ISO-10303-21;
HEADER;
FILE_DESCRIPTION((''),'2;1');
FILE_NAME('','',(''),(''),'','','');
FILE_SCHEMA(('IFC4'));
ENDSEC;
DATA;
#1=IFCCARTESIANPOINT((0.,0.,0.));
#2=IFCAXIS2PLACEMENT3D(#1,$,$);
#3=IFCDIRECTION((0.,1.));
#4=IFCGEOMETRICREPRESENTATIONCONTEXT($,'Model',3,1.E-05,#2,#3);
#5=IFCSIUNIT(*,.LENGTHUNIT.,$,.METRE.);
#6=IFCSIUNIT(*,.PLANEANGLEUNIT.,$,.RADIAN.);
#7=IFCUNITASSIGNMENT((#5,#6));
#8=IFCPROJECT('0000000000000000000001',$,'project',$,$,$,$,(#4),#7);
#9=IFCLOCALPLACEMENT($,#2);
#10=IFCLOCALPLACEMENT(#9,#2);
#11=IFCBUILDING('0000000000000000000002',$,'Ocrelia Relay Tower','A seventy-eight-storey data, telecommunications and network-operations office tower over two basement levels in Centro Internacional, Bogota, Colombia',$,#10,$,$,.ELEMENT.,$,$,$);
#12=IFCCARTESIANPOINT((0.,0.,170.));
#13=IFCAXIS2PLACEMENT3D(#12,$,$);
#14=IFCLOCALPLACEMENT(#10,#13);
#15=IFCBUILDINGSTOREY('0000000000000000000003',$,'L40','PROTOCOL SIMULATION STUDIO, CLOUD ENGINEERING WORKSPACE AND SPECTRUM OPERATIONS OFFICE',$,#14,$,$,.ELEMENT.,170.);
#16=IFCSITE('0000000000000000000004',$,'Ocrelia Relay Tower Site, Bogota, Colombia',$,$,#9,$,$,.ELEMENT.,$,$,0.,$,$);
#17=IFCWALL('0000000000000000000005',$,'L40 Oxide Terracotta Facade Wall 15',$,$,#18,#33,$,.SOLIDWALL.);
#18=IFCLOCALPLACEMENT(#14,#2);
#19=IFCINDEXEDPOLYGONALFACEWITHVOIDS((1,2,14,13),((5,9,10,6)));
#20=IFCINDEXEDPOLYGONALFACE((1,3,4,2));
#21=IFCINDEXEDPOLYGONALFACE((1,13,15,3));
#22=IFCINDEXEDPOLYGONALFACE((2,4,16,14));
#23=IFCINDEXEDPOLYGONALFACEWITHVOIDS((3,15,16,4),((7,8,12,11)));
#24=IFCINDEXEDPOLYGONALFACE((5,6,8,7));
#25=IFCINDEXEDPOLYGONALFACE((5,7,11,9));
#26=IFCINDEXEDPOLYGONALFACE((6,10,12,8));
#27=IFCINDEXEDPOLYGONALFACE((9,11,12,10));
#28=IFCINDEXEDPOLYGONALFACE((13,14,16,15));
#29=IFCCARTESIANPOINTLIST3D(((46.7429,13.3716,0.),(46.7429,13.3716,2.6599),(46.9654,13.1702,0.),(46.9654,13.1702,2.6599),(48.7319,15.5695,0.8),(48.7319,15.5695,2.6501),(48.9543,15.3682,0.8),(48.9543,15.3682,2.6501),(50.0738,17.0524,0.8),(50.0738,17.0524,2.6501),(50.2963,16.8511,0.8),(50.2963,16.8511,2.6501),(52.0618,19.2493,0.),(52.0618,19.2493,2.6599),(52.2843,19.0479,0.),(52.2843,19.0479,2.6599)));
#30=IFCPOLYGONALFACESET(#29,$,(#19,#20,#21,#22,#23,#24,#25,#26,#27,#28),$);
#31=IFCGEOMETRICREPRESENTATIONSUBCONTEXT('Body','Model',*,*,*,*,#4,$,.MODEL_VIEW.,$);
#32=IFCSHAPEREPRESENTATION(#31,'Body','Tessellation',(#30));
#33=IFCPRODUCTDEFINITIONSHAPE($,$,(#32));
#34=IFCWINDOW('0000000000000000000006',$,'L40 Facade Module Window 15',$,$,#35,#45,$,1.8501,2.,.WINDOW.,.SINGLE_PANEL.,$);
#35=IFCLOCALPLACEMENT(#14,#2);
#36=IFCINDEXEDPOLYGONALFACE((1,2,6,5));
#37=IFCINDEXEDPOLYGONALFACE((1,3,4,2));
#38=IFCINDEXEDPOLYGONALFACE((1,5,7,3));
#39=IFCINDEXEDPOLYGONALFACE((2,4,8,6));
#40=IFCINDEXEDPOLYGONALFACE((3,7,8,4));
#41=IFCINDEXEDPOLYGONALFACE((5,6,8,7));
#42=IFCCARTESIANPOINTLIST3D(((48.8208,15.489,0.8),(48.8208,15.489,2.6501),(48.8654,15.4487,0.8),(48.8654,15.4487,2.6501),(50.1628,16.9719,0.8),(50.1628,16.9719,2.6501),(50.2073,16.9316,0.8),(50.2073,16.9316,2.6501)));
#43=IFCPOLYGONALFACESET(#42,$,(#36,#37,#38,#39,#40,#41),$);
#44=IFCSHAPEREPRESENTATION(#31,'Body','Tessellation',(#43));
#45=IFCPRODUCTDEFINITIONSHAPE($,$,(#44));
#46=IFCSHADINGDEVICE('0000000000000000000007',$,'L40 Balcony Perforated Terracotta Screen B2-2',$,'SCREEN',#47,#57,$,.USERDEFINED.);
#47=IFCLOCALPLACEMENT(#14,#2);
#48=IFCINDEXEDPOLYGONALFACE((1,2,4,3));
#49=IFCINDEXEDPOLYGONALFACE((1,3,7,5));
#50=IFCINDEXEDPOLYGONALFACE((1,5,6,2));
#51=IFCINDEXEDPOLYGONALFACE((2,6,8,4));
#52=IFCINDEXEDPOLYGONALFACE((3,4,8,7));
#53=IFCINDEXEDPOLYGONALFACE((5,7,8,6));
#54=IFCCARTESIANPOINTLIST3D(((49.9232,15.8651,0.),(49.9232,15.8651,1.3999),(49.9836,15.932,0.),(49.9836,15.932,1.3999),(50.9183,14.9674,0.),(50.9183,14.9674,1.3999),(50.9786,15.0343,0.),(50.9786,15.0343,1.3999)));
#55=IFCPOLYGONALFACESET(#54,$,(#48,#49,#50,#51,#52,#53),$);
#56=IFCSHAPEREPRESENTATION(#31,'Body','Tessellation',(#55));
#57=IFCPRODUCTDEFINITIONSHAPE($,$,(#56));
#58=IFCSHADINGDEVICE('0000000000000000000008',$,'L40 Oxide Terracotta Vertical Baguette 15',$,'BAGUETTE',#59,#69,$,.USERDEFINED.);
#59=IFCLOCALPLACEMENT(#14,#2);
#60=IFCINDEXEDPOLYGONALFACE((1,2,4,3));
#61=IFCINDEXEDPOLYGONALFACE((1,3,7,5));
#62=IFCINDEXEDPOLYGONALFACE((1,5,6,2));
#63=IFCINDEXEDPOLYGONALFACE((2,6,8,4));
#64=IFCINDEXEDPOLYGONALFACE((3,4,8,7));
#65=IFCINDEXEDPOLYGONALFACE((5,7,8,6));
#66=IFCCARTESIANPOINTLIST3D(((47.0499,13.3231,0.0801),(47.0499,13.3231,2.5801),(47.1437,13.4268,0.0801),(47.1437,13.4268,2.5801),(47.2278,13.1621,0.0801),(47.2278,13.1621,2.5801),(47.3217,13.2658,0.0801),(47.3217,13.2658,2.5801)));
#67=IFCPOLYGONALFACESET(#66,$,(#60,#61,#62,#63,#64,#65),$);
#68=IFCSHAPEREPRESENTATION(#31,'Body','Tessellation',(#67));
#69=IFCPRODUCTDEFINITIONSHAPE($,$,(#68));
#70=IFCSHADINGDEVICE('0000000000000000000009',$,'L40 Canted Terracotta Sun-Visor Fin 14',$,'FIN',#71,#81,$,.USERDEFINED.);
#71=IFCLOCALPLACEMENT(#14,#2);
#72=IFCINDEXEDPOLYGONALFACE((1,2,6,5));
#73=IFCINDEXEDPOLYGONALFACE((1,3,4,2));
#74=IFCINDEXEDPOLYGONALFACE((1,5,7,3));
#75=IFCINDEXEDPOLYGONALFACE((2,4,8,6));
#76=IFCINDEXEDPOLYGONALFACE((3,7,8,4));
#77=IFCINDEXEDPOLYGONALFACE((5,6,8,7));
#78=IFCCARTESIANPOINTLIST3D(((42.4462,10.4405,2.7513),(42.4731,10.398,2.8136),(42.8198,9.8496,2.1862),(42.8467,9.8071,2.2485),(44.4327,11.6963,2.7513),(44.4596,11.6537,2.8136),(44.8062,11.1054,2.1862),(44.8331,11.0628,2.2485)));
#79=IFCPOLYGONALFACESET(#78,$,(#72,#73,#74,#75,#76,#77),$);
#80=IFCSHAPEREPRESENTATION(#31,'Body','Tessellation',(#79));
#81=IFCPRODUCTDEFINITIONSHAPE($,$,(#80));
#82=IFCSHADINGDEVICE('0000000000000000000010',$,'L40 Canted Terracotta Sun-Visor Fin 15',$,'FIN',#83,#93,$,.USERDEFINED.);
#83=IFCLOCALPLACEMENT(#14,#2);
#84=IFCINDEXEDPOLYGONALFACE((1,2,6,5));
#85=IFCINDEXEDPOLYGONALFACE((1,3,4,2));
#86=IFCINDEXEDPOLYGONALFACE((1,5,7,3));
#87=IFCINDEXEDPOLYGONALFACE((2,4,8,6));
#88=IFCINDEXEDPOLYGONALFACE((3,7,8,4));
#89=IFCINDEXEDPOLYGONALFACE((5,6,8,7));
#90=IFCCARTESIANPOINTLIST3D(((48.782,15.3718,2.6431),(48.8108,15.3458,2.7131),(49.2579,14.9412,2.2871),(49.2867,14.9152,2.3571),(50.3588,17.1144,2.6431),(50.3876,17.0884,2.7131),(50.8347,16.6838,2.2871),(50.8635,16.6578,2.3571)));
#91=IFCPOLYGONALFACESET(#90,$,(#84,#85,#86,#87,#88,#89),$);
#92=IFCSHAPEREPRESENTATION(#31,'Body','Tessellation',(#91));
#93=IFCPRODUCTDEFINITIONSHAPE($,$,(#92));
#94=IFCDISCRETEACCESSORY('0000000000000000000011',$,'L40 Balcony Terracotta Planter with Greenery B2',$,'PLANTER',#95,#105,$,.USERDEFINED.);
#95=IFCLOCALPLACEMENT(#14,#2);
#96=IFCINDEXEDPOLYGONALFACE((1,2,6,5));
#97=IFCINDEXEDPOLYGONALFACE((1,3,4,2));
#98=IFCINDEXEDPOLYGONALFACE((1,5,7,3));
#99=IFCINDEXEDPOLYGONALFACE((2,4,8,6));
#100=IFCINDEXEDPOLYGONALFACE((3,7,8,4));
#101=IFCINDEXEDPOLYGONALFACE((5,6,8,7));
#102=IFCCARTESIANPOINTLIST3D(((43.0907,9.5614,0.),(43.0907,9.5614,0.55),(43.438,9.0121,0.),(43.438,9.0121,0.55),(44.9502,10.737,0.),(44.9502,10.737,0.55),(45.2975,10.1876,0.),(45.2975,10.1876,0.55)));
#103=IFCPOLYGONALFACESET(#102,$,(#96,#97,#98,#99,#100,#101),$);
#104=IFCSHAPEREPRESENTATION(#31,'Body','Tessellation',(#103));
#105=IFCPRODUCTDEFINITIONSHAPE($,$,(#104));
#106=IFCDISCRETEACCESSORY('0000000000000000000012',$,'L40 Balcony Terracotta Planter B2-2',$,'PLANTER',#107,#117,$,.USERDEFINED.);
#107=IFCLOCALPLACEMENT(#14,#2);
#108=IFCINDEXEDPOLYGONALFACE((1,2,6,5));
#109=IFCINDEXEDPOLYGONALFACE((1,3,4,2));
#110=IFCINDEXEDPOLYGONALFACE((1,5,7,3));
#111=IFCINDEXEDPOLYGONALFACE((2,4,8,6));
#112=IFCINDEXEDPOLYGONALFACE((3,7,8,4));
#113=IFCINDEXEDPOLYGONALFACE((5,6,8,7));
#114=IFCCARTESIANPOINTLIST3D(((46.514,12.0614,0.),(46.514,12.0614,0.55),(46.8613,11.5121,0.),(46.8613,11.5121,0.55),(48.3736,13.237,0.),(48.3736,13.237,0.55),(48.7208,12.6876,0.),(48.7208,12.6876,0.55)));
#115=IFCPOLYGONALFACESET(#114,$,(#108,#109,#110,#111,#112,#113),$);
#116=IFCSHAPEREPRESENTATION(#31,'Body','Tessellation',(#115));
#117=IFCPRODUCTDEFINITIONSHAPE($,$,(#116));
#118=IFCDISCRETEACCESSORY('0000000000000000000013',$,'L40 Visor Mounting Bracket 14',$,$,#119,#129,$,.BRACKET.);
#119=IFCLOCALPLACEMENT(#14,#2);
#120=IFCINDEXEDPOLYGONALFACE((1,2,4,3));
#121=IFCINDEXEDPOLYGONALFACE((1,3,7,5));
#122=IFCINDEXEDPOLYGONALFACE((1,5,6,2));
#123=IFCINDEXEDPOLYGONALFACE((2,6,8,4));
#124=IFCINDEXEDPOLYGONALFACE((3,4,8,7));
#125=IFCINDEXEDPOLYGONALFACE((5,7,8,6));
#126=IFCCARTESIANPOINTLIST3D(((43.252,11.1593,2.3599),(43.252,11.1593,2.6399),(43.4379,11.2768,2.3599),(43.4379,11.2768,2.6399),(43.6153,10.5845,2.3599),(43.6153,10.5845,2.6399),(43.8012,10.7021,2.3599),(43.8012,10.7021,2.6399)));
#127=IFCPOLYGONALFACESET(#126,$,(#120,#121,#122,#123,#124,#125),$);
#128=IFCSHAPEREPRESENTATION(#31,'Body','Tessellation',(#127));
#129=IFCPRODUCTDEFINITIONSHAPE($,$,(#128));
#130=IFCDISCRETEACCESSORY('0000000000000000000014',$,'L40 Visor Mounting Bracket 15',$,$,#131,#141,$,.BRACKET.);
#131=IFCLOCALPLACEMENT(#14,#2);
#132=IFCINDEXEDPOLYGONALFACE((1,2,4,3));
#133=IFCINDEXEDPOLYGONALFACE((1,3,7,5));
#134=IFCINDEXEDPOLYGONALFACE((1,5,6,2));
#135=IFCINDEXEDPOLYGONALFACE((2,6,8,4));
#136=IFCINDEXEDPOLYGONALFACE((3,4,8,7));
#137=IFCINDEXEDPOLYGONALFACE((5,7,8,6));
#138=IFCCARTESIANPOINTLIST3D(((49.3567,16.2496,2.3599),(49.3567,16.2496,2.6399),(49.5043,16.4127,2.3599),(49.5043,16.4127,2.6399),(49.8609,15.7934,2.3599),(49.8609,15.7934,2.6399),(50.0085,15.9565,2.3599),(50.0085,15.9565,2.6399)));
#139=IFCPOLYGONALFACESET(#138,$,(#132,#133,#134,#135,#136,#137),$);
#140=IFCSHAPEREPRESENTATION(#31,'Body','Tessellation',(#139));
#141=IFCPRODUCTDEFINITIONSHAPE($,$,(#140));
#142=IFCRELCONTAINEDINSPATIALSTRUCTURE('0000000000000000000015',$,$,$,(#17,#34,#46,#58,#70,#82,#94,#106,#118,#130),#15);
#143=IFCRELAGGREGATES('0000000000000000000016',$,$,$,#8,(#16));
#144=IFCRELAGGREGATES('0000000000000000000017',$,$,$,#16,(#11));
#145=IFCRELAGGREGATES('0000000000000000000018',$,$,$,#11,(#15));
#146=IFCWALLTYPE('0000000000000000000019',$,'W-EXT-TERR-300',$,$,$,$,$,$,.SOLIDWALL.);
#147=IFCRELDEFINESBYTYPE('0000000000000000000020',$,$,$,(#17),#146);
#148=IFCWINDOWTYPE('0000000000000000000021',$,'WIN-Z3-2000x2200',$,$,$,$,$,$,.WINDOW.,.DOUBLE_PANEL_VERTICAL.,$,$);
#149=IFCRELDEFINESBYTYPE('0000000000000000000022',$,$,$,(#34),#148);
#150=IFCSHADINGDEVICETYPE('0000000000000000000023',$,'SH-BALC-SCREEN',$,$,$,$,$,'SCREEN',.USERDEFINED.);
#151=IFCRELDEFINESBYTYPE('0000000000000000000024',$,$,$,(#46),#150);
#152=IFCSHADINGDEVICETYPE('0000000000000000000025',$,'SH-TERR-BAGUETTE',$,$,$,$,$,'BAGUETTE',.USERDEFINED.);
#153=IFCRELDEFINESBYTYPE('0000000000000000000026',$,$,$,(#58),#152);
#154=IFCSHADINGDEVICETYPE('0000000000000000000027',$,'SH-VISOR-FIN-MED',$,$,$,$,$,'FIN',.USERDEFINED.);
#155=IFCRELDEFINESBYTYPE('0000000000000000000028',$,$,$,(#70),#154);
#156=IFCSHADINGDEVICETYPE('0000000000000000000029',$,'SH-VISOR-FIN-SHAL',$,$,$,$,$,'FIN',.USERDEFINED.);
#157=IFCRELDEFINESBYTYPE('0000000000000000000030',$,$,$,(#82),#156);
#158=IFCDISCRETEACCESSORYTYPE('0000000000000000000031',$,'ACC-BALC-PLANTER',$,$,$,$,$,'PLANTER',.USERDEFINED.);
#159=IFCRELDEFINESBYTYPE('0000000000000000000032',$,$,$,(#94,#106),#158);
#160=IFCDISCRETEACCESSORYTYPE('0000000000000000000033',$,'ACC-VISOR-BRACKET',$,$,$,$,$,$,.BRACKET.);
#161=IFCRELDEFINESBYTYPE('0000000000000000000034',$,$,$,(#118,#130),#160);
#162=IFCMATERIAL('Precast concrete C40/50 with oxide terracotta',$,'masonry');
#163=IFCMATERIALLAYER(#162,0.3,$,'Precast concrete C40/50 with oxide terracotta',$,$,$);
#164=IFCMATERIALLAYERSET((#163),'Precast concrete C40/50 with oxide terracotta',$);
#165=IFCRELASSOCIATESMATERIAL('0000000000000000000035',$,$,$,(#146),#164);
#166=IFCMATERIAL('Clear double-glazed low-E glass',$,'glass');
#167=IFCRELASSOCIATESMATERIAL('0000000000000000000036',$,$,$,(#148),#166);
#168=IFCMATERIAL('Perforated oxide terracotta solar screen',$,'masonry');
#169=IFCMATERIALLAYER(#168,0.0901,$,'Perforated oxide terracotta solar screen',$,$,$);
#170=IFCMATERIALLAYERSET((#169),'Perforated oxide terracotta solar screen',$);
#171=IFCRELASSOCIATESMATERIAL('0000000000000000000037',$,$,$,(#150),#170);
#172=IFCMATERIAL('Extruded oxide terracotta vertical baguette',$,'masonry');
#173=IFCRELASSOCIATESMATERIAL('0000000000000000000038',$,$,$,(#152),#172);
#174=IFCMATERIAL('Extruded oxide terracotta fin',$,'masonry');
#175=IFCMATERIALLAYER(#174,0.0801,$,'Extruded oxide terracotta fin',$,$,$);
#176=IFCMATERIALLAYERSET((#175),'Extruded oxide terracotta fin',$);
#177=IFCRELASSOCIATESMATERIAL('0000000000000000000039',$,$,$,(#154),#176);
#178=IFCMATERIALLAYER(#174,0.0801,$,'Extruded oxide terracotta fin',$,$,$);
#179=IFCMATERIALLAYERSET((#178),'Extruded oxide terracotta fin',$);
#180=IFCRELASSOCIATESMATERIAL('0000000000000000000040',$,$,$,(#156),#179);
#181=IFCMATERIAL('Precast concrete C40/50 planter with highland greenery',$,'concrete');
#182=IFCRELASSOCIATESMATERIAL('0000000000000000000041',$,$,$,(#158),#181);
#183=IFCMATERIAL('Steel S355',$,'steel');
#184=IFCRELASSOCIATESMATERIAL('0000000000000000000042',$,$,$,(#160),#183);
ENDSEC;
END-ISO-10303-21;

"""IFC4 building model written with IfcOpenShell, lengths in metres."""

from ifc_helpers import new_model, si_unit, direction, frame, frame_2d, origin, origin_2d, place, context, subcontext, project, spatial, rectangle, extrude, material, layer, layer_set, type_object, element, fill, save


model = new_model("IFC4")

# Units and contexts
model_context = context("Model", 3, precision=1e-05, world=origin(), true_north=direction((0.0, 1.0)))
body_context = subcontext(model_context, "Body", "Model", "MODEL_VIEW")
ifc_project = project(units=[si_unit("LENGTHUNIT", "METRE"), si_unit("PLANEANGLEUNIT", "RADIAN")], contexts=[model_context])

# Site, building, storey
site_placement = place(None, origin())
site = spatial("IfcSite", under=ifc_project, at=site_placement, Name="Ocrelia Relay Tower Site, Bogota, Colombia", CompositionType="ELEMENT", RefElevation=0.0)
building_placement = place(site_placement, origin())
building = spatial("IfcBuilding", under=site, at=building_placement, Name="Ocrelia Relay Tower", Description="A seventy-eight-storey data, telecommunications and network-operations office tower over two basement levels in Centro Internacional, Bogota, Colombia", CompositionType="ELEMENT")
storey_placement = place(building_placement, frame((0.0, 0.0, 170.0)))
storey = spatial("IfcBuildingStorey", under=building, at=storey_placement, Name="L40", Description="PROTOCOL SIMULATION STUDIO, CLOUD ENGINEERING WORKSPACE AND SPECTRUM OPERATIONS OFFICE", CompositionType="ELEMENT", Elevation=170.0)

# Shared definitions
ifc_material_1 = material(Name="Steel S355", Category="steel")

# Wall, opening, window
ifc_material_2 = material(Name="Precast concrete C40/50 with oxide terracotta", Category="masonry")
ifc_layer_1 = layer(ifc_material_2, 0.3, Name="Precast concrete C40/50 with oxide terracotta")
ifc_layer_set_1 = layer_set([ifc_layer_1], Name="Precast concrete C40/50 with oxide terracotta")
wall_type = type_object("IfcWallType", Name="W-EXT-TERR-300", PredefinedType="SOLIDWALL", material=ifc_layer_set_1)
wall_placement = place(storey_placement, frame((46.8542, 13.271, 0.0), z_axis=(0.0, 0.0, 1.0), x_axis=(0.670979, 0.741477, 0.0)))
wall = element("IfcWall", 1, at=wall_placement, inside=storey, type_object=wall_type, Name="L40 Oxide Terracotta Facade Wall 15", PredefinedType="SOLIDWALL", context=body_context, shape_type="SweptSolid", body=[
    extrude(rectangle(XDim=7.927, YDim=0.3, at=frame_2d((3.9634, 0.0))), origin(), (0.0, 0.0, 1.0), 2.6599),
])
opening_placement = place(wall_placement, frame((2.9641, 0.0, 0.8)))
opening = element("IfcOpeningElement", 2, at=opening_placement, cuts=wall, PredefinedType="OPENING", context=body_context, shape_type="SweptSolid", body=[
    extrude(rectangle(XDim=2.0, YDim=1.8501, at=frame_2d((1.0, 0.925))), frame((0.0, 0.1602, 0.0), z_axis=(0.0, -1.0, 0.0), x_axis=(1.0, 0.0, 0.0)), (0.0, 0.0, 1.0), 0.3201),
])
ifc_material_3 = material(Name="Clear double-glazed low-E glass", Category="glass")
window_type = type_object("IfcWindowType", Name="WIN-Z3-2000x2200", PartitioningType="DOUBLE_PANEL_VERTICAL", PredefinedType="WINDOW", material=ifc_material_3)
window_placement = place(opening_placement, origin())
window = element("IfcWindow", 3, at=window_placement, inside=storey, type_object=window_type, Name="L40 Facade Module Window 15", OverallHeight=1.8501, OverallWidth=2.0, PartitioningType="SINGLE_PANEL", PredefinedType="WINDOW", context=body_context, shape_type="SweptSolid", body=[
    extrude(rectangle(XDim=2.0, YDim=1.8501, at=frame_2d((1.0, 0.925))), frame((0.0, 0.03, 0.0), z_axis=(0.0, -1.0, 0.0), x_axis=(1.0, 0.0, 0.0)), (0.0, 0.0, 1.0), 0.0601),
])
fill(opening, window)

# Shading devices
ifc_material_4 = material(Name="Perforated oxide terracotta solar screen", Category="masonry")
ifc_layer_2 = layer(ifc_material_4, 0.0901, Name="Perforated oxide terracotta solar screen")
ifc_layer_set_2 = layer_set([ifc_layer_2], Name="Perforated oxide terracotta solar screen")
shading_device_type_1 = type_object("IfcShadingDeviceType", Name="SH-BALC-SCREEN", ElementType="SCREEN", PredefinedType="USERDEFINED", material=ifc_layer_set_2)
shading_device_1_placement = place(storey_placement, frame((50.4509, 15.4497, 0.0), z_axis=(0.0, 0.0, 1.0), x_axis=(0.742519, -0.669825, 0.0)))
element("IfcShadingDevice", 4, at=shading_device_1_placement, inside=storey, type_object=shading_device_type_1, Name="L40 Balcony Perforated Terracotta Screen B2-2", ObjectType="SCREEN", PredefinedType="USERDEFINED", context=body_context, shape_type="SweptSolid", body=[
    extrude(rectangle(XDim=1.3401, YDim=0.0901, at=origin_2d()), origin(), (0.0, 0.0, 1.0), 1.3999),
])
ifc_material_5 = material(Name="Extruded oxide terracotta vertical baguette", Category="masonry")
shading_device_type_2 = type_object("IfcShadingDeviceType", Name="SH-TERR-BAGUETTE", ElementType="BAGUETTE", PredefinedType="USERDEFINED", material=ifc_material_5)
shading_device_2_placement = place(storey_placement, frame((47.1858, 13.2944, 0.0801), z_axis=(0.0, 0.0, 1.0), x_axis=(0.670962, 0.741492, 0.0)))
element("IfcShadingDevice", 5, at=shading_device_2_placement, inside=storey, type_object=shading_device_type_2, Name="L40 Oxide Terracotta Vertical Baguette 15", ObjectType="BAGUETTE", PredefinedType="USERDEFINED", context=body_context, shape_type="SweptSolid", body=[
    extrude(rectangle(XDim=0.1399, YDim=0.24, at=origin_2d()), origin(), (0.0, 0.0, 1.0), 2.5),
])
ifc_material_6 = material(Name="Extruded oxide terracotta fin", Category="masonry")
ifc_layer_3 = layer(ifc_material_6, 0.0801, Name="Extruded oxide terracotta fin")
ifc_layer_set_3 = layer_set([ifc_layer_3], Name="Extruded oxide terracotta fin")
shading_device_type_3 = type_object("IfcShadingDeviceType", Name="SH-VISOR-FIN-MED", ElementType="FIN", PredefinedType="USERDEFINED", material=ifc_layer_set_3)
shading_device_3_placement = place(storey_placement, frame((43.6262, 10.7729, 2.4688), z_axis=(0.335915, -0.531368, 0.777695), x_axis=(0.845263, 0.53435, 0.0)))
element("IfcShadingDevice", 6, at=shading_device_3_placement, inside=storey, type_object=shading_device_type_3, Name="L40 Canted Terracotta Sun-Visor Fin 14", ObjectType="FIN", PredefinedType="USERDEFINED", context=body_context, shape_type="SweptSolid", body=[
    extrude(rectangle(XDim=2.3501, YDim=0.8989, at=origin_2d()), origin(), (0.0, 0.0, 1.0), 0.0801),
])
ifc_layer_4 = layer(ifc_material_6, 0.0801, Name="Extruded oxide terracotta fin")
ifc_layer_set_4 = layer_set([ifc_layer_4], Name="Extruded oxide terracotta fin")
shading_device_type_4 = type_object("IfcShadingDeviceType", Name="SH-VISOR-FIN-SHAL", ElementType="FIN", PredefinedType="USERDEFINED", material=ifc_layer_set_4)
shading_device_4_placement = place(storey_placement, frame((49.8083, 16.0278, 2.4651), z_axis=(0.359709, -0.325494, 0.87445), x_axis=(0.670962, 0.741492, 0.0)))
element("IfcShadingDevice", 7, at=shading_device_4_placement, inside=storey, type_object=shading_device_type_4, Name="L40 Canted Terracotta Sun-Visor Fin 15", ObjectType="FIN", PredefinedType="USERDEFINED", context=body_context, shape_type="SweptSolid", body=[
    extrude(rectangle(XDim=2.3501, YDim=0.7339, at=origin_2d()), origin(), (0.0, 0.0, 1.0), 0.0801),
])

# Discrete accessories
ifc_material_7 = material(Name="Precast concrete C40/50 planter with highland greenery", Category="concrete")
discrete_accessory_type_1 = type_object("IfcDiscreteAccessoryType", Name="ACC-BALC-PLANTER", ElementType="PLANTER", PredefinedType="USERDEFINED", material=ifc_material_7)
for number, where, z_axis, x_axis, name in (
    (8, (44.1941, 9.8745, 0.0), (0.0, 0.0, 1.0), (-0.845261, -0.534354, 0.0), "L40 Balcony Terracotta Planter with Greenery B2"),
    (9, (47.6174, 12.3745, 0.0), (0.0, 0.0, 1.0), (-0.845261, -0.534354, 0.0), "L40 Balcony Terracotta Planter B2-2"),
):
    element("IfcDiscreteAccessory", number, at=place(storey_placement, frame(where, z_axis=z_axis, x_axis=x_axis)), inside=storey, type_object=discrete_accessory_type_1, Name=name, ObjectType="PLANTER", PredefinedType="USERDEFINED", context=body_context, shape_type="SweptSolid", body=[
        extrude(rectangle(XDim=2.2, YDim=0.6499, at=origin_2d()), origin(), (0.0, 0.0, 1.0), 0.55),
    ])
discrete_accessory_type_2 = type_object("IfcDiscreteAccessoryType", Name="ACC-VISOR-BRACKET", PredefinedType="BRACKET", material=ifc_material_1)
for number, where, z_axis, x_axis, name in (
    (10, (43.5266, 10.9307, 2.3599), (0.0, 0.0, 1.0), (0.845263, 0.53435, 0.0), "L40 Visor Mounting Bracket 14"),
    (11, (49.6826, 16.103, 2.3599), (0.0, 0.0, 1.0), (0.670962, 0.741492, 0.0), "L40 Visor Mounting Bracket 15"),
):
    element("IfcDiscreteAccessory", number, at=place(storey_placement, frame(where, z_axis=z_axis, x_axis=x_axis)), inside=storey, type_object=discrete_accessory_type_2, Name=name, PredefinedType="BRACKET", context=body_context, shape_type="SweptSolid", body=[
        extrude(rectangle(XDim=0.22, YDim=0.6799, at=origin_2d()), origin(), (0.0, 0.0, 1.0), 0.28),
    ])

save(model, "model.ifc")
